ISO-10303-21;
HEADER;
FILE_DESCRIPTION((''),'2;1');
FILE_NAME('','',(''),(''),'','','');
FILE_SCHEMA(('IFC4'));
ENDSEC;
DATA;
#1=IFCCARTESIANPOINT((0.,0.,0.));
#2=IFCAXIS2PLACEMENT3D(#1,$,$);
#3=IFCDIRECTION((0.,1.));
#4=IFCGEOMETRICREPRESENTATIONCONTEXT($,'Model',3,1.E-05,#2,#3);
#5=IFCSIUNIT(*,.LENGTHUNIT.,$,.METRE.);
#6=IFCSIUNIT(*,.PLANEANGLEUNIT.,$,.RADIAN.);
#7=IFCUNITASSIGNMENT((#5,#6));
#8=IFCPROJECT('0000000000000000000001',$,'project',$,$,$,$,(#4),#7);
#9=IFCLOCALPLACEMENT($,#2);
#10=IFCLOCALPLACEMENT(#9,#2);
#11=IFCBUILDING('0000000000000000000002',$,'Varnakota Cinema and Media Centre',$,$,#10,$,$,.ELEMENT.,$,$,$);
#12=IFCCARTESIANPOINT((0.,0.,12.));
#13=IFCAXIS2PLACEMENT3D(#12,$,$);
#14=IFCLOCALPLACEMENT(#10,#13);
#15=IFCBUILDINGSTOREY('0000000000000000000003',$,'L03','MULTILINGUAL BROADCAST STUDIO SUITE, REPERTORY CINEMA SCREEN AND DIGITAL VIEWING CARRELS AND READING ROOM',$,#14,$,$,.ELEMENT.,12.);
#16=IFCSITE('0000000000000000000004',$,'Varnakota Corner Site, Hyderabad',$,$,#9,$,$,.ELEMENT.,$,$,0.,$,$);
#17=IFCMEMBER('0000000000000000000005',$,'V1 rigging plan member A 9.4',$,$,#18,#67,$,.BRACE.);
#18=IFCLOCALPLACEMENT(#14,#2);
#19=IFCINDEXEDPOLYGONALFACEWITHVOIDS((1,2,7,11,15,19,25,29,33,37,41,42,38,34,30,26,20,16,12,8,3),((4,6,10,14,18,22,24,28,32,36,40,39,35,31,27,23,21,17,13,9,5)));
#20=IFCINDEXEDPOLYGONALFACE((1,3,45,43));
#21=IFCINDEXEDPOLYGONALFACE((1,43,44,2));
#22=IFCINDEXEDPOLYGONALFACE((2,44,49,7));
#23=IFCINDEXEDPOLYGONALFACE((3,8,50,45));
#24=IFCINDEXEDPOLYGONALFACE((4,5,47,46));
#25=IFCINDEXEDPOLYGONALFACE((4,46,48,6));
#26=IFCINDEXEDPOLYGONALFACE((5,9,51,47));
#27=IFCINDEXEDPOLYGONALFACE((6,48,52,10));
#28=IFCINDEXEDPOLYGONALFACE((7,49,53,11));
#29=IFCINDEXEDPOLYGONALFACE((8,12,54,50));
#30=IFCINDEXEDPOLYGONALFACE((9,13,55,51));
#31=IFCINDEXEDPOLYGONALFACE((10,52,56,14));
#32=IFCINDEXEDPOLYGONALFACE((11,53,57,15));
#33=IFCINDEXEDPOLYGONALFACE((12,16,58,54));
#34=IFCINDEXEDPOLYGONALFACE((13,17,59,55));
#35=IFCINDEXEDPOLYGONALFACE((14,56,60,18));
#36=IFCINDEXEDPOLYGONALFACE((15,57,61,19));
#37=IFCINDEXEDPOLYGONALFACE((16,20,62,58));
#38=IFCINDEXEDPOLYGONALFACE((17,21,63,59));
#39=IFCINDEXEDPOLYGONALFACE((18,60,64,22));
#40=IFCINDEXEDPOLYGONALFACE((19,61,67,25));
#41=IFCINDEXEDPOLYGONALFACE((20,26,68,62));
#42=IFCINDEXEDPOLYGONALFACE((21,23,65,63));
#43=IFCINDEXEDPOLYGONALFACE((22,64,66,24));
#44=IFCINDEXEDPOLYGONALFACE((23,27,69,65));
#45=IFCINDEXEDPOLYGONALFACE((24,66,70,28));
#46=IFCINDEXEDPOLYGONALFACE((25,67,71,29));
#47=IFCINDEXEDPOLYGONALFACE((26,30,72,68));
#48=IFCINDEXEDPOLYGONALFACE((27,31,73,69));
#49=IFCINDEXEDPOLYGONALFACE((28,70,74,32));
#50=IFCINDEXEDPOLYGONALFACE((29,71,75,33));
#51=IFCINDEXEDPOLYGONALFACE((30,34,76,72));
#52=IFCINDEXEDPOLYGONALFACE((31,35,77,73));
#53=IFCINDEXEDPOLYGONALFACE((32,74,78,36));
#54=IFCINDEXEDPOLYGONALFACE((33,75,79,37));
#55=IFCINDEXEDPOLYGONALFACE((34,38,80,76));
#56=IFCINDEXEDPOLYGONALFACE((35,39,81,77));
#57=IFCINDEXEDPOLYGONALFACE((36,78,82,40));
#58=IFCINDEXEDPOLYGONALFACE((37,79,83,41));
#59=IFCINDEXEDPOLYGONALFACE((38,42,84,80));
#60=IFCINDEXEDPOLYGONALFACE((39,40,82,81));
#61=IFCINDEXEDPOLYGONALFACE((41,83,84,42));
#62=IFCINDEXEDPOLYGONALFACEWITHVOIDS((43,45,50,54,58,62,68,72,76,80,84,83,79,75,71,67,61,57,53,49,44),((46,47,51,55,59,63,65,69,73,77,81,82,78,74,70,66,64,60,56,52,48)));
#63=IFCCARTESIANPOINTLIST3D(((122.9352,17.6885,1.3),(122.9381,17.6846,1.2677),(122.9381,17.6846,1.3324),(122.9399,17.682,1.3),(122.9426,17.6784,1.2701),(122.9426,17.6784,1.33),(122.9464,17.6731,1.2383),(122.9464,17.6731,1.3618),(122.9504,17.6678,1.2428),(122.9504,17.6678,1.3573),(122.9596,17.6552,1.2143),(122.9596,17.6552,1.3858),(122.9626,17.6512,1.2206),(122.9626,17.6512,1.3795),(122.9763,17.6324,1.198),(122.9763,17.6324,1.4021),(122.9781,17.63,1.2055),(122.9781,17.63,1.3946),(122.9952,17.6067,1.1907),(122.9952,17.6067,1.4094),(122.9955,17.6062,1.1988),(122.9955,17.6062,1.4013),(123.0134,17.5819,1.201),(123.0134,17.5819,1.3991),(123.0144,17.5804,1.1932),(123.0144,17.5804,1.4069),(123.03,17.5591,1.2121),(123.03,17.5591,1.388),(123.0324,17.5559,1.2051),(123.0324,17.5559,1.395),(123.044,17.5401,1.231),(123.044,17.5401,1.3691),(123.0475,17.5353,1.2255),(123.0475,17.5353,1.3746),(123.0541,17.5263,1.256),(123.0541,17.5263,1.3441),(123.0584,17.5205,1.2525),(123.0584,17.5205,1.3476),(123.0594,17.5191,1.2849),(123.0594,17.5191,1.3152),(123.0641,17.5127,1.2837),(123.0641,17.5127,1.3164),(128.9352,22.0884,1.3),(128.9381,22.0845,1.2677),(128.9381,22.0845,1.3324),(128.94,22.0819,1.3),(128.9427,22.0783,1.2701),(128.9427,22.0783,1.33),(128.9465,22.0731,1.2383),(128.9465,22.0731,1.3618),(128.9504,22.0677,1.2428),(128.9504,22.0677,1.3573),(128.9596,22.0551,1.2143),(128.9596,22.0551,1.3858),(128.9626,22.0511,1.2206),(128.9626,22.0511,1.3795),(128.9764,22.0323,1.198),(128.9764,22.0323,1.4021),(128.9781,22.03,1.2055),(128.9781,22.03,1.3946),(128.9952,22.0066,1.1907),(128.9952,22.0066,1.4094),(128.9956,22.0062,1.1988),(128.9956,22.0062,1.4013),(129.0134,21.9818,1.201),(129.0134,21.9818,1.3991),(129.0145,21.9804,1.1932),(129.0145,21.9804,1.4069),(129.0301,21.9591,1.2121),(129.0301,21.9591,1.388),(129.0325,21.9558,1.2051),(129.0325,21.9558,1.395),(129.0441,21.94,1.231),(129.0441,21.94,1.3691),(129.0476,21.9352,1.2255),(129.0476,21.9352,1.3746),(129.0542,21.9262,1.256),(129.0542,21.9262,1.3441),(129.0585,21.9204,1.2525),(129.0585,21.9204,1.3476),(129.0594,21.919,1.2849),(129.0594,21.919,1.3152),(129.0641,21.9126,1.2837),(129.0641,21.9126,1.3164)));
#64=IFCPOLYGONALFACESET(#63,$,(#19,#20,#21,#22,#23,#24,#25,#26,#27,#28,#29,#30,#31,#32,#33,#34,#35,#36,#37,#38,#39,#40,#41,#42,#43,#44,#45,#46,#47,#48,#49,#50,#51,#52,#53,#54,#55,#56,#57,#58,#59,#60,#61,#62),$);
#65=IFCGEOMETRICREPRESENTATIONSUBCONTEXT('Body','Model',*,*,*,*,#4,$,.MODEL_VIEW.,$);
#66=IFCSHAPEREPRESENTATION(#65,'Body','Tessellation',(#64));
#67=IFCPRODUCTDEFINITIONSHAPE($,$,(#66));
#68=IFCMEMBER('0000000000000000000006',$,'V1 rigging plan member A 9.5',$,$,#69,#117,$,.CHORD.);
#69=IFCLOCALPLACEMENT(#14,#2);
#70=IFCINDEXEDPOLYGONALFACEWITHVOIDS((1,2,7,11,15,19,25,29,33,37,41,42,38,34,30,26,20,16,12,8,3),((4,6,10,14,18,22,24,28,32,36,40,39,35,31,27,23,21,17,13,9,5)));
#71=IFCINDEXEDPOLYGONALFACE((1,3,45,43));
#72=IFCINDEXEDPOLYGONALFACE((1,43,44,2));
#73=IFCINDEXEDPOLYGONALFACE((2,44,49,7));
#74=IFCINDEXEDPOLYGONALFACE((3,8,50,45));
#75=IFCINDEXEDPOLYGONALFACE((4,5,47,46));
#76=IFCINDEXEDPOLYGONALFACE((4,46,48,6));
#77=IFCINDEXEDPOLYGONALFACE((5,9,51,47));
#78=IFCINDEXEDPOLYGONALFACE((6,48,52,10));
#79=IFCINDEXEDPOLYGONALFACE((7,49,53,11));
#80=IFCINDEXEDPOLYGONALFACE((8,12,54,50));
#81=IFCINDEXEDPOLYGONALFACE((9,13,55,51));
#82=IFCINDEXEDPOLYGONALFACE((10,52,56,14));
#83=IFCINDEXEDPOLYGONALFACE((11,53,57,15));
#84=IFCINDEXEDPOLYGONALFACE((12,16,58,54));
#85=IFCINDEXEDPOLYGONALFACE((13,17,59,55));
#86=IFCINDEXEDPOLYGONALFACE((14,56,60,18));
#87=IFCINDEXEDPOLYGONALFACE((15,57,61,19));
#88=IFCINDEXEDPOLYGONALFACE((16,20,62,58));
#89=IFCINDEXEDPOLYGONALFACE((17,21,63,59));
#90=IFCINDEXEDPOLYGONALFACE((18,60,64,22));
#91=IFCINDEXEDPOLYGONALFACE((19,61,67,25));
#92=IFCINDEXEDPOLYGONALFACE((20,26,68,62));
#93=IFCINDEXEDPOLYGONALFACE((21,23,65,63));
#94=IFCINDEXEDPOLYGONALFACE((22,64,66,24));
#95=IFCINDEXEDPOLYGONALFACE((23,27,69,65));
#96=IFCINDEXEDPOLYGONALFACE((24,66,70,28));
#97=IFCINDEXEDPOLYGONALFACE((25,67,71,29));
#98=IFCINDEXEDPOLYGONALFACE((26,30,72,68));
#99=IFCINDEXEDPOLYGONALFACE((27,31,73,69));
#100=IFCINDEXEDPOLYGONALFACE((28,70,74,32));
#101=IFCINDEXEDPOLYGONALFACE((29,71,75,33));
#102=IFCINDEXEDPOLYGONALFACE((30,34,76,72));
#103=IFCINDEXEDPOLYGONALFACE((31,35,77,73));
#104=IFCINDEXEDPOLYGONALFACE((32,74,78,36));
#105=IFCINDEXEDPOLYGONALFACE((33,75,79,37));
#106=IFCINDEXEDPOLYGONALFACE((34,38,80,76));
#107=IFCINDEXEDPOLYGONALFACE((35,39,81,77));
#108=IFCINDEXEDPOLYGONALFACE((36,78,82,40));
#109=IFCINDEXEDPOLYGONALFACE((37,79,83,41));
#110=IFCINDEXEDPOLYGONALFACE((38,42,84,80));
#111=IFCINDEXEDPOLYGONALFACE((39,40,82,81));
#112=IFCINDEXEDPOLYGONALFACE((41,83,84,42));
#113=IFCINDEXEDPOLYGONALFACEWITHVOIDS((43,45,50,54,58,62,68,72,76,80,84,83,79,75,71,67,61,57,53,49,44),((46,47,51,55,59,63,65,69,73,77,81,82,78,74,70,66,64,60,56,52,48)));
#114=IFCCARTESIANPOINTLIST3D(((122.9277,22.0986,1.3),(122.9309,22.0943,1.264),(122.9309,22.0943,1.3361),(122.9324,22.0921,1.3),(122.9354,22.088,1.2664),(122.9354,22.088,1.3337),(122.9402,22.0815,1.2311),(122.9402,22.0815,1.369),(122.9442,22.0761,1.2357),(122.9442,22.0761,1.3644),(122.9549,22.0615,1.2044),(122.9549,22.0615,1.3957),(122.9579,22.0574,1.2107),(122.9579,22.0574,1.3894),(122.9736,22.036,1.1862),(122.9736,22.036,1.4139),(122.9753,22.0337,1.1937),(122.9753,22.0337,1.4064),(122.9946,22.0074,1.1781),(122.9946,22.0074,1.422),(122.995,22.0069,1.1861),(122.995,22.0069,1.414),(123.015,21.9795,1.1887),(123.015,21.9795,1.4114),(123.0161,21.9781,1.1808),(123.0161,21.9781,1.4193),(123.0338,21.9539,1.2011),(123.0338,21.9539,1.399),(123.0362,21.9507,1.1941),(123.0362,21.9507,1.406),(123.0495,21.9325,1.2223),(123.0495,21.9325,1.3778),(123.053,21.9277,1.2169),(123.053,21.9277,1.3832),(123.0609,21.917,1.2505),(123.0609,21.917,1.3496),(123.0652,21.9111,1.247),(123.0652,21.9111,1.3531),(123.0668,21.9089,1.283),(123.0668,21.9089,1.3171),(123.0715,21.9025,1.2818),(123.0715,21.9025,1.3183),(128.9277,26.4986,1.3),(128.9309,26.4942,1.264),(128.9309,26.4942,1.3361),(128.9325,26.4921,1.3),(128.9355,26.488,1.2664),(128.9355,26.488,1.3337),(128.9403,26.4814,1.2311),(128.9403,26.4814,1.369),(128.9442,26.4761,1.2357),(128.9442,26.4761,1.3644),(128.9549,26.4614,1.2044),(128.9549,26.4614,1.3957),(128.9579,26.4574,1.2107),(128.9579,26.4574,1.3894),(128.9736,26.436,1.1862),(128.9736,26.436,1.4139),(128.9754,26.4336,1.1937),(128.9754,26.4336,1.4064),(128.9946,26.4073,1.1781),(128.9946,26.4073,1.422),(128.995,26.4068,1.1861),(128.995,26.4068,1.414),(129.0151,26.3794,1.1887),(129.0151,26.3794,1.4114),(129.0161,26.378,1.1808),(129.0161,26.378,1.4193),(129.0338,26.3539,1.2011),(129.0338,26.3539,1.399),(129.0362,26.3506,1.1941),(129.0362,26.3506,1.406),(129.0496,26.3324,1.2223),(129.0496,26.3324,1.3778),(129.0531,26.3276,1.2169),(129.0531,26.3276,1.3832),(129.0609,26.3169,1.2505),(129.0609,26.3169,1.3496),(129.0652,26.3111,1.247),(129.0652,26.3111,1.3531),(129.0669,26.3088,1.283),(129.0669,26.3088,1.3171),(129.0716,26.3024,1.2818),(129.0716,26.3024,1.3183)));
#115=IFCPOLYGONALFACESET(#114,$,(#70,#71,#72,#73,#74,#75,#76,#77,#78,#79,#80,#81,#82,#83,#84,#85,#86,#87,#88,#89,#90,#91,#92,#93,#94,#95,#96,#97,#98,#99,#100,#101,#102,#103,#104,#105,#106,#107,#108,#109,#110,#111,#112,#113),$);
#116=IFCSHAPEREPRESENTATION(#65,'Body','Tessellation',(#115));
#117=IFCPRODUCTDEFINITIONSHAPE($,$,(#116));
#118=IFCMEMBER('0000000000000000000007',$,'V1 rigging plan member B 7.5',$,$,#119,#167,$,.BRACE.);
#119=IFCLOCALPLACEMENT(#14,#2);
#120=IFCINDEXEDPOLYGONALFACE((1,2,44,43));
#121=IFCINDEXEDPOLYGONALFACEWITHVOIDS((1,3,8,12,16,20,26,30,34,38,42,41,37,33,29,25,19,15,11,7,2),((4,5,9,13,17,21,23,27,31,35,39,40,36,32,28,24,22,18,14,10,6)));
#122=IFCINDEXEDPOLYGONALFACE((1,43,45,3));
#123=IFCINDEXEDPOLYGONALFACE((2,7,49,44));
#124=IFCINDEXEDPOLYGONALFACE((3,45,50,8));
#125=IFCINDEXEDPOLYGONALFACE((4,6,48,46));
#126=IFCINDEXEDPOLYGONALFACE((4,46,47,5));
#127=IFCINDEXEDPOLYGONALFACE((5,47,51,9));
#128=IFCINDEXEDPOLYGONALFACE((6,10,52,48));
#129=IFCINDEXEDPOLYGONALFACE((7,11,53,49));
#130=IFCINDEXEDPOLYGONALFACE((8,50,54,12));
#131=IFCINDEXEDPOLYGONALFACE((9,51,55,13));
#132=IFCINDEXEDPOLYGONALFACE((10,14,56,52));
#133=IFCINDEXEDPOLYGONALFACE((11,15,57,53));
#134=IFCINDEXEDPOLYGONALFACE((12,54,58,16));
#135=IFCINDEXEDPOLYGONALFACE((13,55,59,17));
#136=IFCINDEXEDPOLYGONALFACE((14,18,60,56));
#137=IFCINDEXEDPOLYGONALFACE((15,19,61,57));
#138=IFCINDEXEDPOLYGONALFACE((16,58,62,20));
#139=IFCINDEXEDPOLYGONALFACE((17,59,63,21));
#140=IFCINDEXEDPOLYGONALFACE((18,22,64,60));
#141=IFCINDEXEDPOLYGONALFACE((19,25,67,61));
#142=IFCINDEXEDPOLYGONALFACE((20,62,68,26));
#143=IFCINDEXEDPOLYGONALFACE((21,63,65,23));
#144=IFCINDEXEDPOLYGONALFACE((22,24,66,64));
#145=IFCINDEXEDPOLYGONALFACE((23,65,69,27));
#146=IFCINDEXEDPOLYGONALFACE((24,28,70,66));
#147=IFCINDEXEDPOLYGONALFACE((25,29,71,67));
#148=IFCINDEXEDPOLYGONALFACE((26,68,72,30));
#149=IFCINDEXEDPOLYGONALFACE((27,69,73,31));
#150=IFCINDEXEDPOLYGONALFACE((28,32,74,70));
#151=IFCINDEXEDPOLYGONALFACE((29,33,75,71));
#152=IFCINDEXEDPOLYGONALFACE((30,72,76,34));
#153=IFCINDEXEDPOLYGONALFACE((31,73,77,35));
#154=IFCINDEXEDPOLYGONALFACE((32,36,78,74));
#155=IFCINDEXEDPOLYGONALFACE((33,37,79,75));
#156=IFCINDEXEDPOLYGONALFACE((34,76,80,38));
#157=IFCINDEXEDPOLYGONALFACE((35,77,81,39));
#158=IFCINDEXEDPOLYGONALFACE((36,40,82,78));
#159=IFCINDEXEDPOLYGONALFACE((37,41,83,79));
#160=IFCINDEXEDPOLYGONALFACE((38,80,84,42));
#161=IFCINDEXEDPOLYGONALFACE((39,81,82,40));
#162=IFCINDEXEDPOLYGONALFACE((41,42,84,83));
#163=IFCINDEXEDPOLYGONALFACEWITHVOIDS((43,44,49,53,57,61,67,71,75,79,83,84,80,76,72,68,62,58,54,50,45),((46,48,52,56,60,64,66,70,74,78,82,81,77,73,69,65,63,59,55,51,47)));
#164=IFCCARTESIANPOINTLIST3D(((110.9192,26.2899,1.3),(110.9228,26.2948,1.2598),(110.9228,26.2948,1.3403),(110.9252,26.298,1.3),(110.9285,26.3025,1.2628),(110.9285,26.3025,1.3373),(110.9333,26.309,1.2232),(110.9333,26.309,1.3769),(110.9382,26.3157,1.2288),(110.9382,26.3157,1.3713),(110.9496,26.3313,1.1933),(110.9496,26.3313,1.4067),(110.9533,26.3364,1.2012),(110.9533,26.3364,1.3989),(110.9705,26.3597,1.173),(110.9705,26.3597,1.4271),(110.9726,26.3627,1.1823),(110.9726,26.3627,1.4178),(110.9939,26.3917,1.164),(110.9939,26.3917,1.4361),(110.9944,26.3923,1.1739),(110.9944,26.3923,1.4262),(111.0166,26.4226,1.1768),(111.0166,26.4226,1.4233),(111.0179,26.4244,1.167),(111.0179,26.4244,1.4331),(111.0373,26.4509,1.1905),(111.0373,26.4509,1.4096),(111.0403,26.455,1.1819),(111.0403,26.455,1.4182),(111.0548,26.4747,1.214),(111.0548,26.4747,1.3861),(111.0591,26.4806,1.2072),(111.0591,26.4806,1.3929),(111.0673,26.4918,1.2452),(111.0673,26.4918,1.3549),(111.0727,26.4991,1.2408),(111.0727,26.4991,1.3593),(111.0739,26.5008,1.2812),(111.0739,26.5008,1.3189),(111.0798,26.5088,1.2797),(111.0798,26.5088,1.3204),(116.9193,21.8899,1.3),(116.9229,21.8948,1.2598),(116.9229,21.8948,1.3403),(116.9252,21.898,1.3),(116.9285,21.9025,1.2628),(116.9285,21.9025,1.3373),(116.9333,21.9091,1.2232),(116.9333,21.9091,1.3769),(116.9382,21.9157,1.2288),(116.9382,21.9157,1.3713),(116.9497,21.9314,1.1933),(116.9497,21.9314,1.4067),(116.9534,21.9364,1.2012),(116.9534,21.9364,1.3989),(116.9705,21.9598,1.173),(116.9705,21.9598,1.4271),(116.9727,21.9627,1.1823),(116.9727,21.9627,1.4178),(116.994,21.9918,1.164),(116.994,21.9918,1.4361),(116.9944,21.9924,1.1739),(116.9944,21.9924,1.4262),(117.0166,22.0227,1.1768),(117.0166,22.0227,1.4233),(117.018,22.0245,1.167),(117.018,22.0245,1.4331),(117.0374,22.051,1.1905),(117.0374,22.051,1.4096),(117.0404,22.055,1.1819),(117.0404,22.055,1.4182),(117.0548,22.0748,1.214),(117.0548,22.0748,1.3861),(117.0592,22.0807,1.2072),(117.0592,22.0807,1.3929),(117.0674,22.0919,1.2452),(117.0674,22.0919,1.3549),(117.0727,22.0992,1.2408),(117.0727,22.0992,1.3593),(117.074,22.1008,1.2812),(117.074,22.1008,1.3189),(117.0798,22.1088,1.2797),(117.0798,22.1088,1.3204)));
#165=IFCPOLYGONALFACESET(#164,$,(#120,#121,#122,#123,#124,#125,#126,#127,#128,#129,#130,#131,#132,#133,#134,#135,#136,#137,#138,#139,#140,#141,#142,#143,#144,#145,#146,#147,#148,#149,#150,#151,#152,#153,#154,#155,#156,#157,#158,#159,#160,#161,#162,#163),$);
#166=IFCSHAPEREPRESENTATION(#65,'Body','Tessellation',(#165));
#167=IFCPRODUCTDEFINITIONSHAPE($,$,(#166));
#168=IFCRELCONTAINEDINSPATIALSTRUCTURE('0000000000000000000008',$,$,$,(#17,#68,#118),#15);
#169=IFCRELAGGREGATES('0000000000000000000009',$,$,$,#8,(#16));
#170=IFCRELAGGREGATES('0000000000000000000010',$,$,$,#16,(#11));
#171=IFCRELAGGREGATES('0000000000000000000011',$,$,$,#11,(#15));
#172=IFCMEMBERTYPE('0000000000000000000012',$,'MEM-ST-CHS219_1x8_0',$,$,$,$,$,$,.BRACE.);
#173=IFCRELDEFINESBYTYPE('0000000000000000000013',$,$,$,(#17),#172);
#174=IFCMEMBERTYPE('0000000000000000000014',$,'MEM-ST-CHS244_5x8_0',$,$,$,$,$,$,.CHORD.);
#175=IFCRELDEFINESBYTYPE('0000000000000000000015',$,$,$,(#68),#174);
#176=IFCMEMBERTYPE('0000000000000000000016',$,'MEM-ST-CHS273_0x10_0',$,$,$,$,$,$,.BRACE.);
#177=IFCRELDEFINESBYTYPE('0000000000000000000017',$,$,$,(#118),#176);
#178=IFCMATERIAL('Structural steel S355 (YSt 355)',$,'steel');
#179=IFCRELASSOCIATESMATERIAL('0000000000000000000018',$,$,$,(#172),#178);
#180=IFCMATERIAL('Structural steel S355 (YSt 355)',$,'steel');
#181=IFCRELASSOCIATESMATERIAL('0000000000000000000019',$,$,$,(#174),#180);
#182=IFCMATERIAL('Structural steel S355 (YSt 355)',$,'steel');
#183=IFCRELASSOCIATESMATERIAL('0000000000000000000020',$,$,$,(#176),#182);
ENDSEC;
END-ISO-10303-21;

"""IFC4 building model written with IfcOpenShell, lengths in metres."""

from ifc_helpers import new_model, si_unit, direction, frame, origin, origin_2d, place, context, subcontext, project, spatial, hollow_circle, extrude, material, material_profile, profile_set, type_object, element, save


model = new_model("IFC4")

# Units and contexts
model_context = context("Model", 3, precision=1e-05, world=origin(), true_north=direction((0.0, 1.0)))
body_context = subcontext(model_context, "Body", "Model", "MODEL_VIEW")
ifc_project = project(units=[si_unit("LENGTHUNIT", "METRE"), si_unit("PLANEANGLEUNIT", "RADIAN")], contexts=[model_context])

# Site, building, storey
site_placement = place(None, origin())
site = spatial("IfcSite", under=ifc_project, at=site_placement, Name="Varnakota Corner Site, Hyderabad", CompositionType="ELEMENT", RefElevation=0.0)
building_placement = place(site_placement, origin())
building = spatial("IfcBuilding", under=site, at=building_placement, Name="Varnakota Cinema and Media Centre", CompositionType="ELEMENT")
storey_placement = place(building_placement, frame((0.0, 0.0, 12.0)))
storey = spatial("IfcBuildingStorey", under=building, at=storey_placement, Name="L03", Description="MULTILINGUAL BROADCAST STUDIO SUITE, REPERTORY CINEMA SCREEN AND DIGITAL VIEWING CARRELS AND READING ROOM", CompositionType="ELEMENT", Elevation=12.0)

# Members
ifc_material_1 = material(Name="Structural steel S355 (YSt 355)", Category="steel")
ifc_material_profile_1 = material_profile(ifc_material_1, hollow_circle(Radius=0.1096, WallThickness=0.0081, at=origin_2d()), Name="CHS 219.1x8.0")
ifc_profile_set_1 = profile_set([ifc_material_profile_1], Name="Structural steel S355 (YSt 355)")
member_type_1 = type_object("IfcMemberType", Name="MEM-ST-CHS219_1x8_0", PredefinedType="BRACE", material=ifc_profile_set_1)
member_1_placement = place(storey_placement, frame((123.0, 17.6001, 1.3), z_axis=(0.806411, 0.591355, 0.0), x_axis=(-0.591355, 0.806411, 0.0)))
element("IfcMember", 1, at=member_1_placement, inside=storey, type_object=member_type_1, Name="V1 rigging plan member A 9.4", PredefinedType="BRACE", context=body_context, shape_type="SweptSolid", body=[
    extrude(hollow_circle(Radius=0.1096, WallThickness=0.0081, at=origin_2d()), origin(), (0.0, 0.0, 1.0), 7.4404),
])
ifc_material_2 = material(Name="Structural steel S355 (YSt 355)", Category="steel")
ifc_material_profile_2 = material_profile(ifc_material_2, hollow_circle(Radius=0.1223, WallThickness=0.0081, at=origin_2d()), Name="CHS 244.5x8.0")
ifc_profile_set_2 = profile_set([ifc_material_profile_2], Name="Structural steel S355 (YSt 355)")
member_type_2 = type_object("IfcMemberType", Name="MEM-ST-CHS244_5x8_0", PredefinedType="CHORD", material=ifc_profile_set_2)
member_2_placement = place(storey_placement, frame((123.0, 22.0, 1.3), z_axis=(0.806411, 0.591355, 0.0), x_axis=(-0.591355, 0.806411, 0.0)))
element("IfcMember", 2, at=member_2_placement, inside=storey, type_object=member_type_2, Name="V1 rigging plan member A 9.5", PredefinedType="CHORD", context=body_context, shape_type="SweptSolid", body=[
    extrude(hollow_circle(Radius=0.1223, WallThickness=0.0081, at=origin_2d()), origin(), (0.0, 0.0, 1.0), 7.4404),
])
ifc_material_3 = material(Name="Structural steel S355 (YSt 355)", Category="steel")
ifc_material_profile_3 = material_profile(ifc_material_3, hollow_circle(Radius=0.1365, WallThickness=0.01, at=origin_2d()), Name="CHS 273.0x10.0")
ifc_profile_set_3 = profile_set([ifc_material_profile_3], Name="Structural steel S355 (YSt 355)")
member_type_3 = type_object("IfcMemberType", Name="MEM-ST-CHS273_0x10_0", PredefinedType="BRACE", material=ifc_profile_set_3)
member_3_placement = place(storey_placement, frame((117.0, 22.0, 1.3), z_axis=(-0.806411, 0.591355, 0.0), x_axis=(-0.591355, -0.806411, 0.0)))
element("IfcMember", 3, at=member_3_placement, inside=storey, type_object=member_type_3, Name="V1 rigging plan member B 7.5", PredefinedType="BRACE", context=body_context, shape_type="SweptSolid", body=[
    extrude(hollow_circle(Radius=0.1365, WallThickness=0.01, at=origin_2d()), origin(), (0.0, 0.0, 1.0), 7.4404),
])

save(model, "model.ifc")
